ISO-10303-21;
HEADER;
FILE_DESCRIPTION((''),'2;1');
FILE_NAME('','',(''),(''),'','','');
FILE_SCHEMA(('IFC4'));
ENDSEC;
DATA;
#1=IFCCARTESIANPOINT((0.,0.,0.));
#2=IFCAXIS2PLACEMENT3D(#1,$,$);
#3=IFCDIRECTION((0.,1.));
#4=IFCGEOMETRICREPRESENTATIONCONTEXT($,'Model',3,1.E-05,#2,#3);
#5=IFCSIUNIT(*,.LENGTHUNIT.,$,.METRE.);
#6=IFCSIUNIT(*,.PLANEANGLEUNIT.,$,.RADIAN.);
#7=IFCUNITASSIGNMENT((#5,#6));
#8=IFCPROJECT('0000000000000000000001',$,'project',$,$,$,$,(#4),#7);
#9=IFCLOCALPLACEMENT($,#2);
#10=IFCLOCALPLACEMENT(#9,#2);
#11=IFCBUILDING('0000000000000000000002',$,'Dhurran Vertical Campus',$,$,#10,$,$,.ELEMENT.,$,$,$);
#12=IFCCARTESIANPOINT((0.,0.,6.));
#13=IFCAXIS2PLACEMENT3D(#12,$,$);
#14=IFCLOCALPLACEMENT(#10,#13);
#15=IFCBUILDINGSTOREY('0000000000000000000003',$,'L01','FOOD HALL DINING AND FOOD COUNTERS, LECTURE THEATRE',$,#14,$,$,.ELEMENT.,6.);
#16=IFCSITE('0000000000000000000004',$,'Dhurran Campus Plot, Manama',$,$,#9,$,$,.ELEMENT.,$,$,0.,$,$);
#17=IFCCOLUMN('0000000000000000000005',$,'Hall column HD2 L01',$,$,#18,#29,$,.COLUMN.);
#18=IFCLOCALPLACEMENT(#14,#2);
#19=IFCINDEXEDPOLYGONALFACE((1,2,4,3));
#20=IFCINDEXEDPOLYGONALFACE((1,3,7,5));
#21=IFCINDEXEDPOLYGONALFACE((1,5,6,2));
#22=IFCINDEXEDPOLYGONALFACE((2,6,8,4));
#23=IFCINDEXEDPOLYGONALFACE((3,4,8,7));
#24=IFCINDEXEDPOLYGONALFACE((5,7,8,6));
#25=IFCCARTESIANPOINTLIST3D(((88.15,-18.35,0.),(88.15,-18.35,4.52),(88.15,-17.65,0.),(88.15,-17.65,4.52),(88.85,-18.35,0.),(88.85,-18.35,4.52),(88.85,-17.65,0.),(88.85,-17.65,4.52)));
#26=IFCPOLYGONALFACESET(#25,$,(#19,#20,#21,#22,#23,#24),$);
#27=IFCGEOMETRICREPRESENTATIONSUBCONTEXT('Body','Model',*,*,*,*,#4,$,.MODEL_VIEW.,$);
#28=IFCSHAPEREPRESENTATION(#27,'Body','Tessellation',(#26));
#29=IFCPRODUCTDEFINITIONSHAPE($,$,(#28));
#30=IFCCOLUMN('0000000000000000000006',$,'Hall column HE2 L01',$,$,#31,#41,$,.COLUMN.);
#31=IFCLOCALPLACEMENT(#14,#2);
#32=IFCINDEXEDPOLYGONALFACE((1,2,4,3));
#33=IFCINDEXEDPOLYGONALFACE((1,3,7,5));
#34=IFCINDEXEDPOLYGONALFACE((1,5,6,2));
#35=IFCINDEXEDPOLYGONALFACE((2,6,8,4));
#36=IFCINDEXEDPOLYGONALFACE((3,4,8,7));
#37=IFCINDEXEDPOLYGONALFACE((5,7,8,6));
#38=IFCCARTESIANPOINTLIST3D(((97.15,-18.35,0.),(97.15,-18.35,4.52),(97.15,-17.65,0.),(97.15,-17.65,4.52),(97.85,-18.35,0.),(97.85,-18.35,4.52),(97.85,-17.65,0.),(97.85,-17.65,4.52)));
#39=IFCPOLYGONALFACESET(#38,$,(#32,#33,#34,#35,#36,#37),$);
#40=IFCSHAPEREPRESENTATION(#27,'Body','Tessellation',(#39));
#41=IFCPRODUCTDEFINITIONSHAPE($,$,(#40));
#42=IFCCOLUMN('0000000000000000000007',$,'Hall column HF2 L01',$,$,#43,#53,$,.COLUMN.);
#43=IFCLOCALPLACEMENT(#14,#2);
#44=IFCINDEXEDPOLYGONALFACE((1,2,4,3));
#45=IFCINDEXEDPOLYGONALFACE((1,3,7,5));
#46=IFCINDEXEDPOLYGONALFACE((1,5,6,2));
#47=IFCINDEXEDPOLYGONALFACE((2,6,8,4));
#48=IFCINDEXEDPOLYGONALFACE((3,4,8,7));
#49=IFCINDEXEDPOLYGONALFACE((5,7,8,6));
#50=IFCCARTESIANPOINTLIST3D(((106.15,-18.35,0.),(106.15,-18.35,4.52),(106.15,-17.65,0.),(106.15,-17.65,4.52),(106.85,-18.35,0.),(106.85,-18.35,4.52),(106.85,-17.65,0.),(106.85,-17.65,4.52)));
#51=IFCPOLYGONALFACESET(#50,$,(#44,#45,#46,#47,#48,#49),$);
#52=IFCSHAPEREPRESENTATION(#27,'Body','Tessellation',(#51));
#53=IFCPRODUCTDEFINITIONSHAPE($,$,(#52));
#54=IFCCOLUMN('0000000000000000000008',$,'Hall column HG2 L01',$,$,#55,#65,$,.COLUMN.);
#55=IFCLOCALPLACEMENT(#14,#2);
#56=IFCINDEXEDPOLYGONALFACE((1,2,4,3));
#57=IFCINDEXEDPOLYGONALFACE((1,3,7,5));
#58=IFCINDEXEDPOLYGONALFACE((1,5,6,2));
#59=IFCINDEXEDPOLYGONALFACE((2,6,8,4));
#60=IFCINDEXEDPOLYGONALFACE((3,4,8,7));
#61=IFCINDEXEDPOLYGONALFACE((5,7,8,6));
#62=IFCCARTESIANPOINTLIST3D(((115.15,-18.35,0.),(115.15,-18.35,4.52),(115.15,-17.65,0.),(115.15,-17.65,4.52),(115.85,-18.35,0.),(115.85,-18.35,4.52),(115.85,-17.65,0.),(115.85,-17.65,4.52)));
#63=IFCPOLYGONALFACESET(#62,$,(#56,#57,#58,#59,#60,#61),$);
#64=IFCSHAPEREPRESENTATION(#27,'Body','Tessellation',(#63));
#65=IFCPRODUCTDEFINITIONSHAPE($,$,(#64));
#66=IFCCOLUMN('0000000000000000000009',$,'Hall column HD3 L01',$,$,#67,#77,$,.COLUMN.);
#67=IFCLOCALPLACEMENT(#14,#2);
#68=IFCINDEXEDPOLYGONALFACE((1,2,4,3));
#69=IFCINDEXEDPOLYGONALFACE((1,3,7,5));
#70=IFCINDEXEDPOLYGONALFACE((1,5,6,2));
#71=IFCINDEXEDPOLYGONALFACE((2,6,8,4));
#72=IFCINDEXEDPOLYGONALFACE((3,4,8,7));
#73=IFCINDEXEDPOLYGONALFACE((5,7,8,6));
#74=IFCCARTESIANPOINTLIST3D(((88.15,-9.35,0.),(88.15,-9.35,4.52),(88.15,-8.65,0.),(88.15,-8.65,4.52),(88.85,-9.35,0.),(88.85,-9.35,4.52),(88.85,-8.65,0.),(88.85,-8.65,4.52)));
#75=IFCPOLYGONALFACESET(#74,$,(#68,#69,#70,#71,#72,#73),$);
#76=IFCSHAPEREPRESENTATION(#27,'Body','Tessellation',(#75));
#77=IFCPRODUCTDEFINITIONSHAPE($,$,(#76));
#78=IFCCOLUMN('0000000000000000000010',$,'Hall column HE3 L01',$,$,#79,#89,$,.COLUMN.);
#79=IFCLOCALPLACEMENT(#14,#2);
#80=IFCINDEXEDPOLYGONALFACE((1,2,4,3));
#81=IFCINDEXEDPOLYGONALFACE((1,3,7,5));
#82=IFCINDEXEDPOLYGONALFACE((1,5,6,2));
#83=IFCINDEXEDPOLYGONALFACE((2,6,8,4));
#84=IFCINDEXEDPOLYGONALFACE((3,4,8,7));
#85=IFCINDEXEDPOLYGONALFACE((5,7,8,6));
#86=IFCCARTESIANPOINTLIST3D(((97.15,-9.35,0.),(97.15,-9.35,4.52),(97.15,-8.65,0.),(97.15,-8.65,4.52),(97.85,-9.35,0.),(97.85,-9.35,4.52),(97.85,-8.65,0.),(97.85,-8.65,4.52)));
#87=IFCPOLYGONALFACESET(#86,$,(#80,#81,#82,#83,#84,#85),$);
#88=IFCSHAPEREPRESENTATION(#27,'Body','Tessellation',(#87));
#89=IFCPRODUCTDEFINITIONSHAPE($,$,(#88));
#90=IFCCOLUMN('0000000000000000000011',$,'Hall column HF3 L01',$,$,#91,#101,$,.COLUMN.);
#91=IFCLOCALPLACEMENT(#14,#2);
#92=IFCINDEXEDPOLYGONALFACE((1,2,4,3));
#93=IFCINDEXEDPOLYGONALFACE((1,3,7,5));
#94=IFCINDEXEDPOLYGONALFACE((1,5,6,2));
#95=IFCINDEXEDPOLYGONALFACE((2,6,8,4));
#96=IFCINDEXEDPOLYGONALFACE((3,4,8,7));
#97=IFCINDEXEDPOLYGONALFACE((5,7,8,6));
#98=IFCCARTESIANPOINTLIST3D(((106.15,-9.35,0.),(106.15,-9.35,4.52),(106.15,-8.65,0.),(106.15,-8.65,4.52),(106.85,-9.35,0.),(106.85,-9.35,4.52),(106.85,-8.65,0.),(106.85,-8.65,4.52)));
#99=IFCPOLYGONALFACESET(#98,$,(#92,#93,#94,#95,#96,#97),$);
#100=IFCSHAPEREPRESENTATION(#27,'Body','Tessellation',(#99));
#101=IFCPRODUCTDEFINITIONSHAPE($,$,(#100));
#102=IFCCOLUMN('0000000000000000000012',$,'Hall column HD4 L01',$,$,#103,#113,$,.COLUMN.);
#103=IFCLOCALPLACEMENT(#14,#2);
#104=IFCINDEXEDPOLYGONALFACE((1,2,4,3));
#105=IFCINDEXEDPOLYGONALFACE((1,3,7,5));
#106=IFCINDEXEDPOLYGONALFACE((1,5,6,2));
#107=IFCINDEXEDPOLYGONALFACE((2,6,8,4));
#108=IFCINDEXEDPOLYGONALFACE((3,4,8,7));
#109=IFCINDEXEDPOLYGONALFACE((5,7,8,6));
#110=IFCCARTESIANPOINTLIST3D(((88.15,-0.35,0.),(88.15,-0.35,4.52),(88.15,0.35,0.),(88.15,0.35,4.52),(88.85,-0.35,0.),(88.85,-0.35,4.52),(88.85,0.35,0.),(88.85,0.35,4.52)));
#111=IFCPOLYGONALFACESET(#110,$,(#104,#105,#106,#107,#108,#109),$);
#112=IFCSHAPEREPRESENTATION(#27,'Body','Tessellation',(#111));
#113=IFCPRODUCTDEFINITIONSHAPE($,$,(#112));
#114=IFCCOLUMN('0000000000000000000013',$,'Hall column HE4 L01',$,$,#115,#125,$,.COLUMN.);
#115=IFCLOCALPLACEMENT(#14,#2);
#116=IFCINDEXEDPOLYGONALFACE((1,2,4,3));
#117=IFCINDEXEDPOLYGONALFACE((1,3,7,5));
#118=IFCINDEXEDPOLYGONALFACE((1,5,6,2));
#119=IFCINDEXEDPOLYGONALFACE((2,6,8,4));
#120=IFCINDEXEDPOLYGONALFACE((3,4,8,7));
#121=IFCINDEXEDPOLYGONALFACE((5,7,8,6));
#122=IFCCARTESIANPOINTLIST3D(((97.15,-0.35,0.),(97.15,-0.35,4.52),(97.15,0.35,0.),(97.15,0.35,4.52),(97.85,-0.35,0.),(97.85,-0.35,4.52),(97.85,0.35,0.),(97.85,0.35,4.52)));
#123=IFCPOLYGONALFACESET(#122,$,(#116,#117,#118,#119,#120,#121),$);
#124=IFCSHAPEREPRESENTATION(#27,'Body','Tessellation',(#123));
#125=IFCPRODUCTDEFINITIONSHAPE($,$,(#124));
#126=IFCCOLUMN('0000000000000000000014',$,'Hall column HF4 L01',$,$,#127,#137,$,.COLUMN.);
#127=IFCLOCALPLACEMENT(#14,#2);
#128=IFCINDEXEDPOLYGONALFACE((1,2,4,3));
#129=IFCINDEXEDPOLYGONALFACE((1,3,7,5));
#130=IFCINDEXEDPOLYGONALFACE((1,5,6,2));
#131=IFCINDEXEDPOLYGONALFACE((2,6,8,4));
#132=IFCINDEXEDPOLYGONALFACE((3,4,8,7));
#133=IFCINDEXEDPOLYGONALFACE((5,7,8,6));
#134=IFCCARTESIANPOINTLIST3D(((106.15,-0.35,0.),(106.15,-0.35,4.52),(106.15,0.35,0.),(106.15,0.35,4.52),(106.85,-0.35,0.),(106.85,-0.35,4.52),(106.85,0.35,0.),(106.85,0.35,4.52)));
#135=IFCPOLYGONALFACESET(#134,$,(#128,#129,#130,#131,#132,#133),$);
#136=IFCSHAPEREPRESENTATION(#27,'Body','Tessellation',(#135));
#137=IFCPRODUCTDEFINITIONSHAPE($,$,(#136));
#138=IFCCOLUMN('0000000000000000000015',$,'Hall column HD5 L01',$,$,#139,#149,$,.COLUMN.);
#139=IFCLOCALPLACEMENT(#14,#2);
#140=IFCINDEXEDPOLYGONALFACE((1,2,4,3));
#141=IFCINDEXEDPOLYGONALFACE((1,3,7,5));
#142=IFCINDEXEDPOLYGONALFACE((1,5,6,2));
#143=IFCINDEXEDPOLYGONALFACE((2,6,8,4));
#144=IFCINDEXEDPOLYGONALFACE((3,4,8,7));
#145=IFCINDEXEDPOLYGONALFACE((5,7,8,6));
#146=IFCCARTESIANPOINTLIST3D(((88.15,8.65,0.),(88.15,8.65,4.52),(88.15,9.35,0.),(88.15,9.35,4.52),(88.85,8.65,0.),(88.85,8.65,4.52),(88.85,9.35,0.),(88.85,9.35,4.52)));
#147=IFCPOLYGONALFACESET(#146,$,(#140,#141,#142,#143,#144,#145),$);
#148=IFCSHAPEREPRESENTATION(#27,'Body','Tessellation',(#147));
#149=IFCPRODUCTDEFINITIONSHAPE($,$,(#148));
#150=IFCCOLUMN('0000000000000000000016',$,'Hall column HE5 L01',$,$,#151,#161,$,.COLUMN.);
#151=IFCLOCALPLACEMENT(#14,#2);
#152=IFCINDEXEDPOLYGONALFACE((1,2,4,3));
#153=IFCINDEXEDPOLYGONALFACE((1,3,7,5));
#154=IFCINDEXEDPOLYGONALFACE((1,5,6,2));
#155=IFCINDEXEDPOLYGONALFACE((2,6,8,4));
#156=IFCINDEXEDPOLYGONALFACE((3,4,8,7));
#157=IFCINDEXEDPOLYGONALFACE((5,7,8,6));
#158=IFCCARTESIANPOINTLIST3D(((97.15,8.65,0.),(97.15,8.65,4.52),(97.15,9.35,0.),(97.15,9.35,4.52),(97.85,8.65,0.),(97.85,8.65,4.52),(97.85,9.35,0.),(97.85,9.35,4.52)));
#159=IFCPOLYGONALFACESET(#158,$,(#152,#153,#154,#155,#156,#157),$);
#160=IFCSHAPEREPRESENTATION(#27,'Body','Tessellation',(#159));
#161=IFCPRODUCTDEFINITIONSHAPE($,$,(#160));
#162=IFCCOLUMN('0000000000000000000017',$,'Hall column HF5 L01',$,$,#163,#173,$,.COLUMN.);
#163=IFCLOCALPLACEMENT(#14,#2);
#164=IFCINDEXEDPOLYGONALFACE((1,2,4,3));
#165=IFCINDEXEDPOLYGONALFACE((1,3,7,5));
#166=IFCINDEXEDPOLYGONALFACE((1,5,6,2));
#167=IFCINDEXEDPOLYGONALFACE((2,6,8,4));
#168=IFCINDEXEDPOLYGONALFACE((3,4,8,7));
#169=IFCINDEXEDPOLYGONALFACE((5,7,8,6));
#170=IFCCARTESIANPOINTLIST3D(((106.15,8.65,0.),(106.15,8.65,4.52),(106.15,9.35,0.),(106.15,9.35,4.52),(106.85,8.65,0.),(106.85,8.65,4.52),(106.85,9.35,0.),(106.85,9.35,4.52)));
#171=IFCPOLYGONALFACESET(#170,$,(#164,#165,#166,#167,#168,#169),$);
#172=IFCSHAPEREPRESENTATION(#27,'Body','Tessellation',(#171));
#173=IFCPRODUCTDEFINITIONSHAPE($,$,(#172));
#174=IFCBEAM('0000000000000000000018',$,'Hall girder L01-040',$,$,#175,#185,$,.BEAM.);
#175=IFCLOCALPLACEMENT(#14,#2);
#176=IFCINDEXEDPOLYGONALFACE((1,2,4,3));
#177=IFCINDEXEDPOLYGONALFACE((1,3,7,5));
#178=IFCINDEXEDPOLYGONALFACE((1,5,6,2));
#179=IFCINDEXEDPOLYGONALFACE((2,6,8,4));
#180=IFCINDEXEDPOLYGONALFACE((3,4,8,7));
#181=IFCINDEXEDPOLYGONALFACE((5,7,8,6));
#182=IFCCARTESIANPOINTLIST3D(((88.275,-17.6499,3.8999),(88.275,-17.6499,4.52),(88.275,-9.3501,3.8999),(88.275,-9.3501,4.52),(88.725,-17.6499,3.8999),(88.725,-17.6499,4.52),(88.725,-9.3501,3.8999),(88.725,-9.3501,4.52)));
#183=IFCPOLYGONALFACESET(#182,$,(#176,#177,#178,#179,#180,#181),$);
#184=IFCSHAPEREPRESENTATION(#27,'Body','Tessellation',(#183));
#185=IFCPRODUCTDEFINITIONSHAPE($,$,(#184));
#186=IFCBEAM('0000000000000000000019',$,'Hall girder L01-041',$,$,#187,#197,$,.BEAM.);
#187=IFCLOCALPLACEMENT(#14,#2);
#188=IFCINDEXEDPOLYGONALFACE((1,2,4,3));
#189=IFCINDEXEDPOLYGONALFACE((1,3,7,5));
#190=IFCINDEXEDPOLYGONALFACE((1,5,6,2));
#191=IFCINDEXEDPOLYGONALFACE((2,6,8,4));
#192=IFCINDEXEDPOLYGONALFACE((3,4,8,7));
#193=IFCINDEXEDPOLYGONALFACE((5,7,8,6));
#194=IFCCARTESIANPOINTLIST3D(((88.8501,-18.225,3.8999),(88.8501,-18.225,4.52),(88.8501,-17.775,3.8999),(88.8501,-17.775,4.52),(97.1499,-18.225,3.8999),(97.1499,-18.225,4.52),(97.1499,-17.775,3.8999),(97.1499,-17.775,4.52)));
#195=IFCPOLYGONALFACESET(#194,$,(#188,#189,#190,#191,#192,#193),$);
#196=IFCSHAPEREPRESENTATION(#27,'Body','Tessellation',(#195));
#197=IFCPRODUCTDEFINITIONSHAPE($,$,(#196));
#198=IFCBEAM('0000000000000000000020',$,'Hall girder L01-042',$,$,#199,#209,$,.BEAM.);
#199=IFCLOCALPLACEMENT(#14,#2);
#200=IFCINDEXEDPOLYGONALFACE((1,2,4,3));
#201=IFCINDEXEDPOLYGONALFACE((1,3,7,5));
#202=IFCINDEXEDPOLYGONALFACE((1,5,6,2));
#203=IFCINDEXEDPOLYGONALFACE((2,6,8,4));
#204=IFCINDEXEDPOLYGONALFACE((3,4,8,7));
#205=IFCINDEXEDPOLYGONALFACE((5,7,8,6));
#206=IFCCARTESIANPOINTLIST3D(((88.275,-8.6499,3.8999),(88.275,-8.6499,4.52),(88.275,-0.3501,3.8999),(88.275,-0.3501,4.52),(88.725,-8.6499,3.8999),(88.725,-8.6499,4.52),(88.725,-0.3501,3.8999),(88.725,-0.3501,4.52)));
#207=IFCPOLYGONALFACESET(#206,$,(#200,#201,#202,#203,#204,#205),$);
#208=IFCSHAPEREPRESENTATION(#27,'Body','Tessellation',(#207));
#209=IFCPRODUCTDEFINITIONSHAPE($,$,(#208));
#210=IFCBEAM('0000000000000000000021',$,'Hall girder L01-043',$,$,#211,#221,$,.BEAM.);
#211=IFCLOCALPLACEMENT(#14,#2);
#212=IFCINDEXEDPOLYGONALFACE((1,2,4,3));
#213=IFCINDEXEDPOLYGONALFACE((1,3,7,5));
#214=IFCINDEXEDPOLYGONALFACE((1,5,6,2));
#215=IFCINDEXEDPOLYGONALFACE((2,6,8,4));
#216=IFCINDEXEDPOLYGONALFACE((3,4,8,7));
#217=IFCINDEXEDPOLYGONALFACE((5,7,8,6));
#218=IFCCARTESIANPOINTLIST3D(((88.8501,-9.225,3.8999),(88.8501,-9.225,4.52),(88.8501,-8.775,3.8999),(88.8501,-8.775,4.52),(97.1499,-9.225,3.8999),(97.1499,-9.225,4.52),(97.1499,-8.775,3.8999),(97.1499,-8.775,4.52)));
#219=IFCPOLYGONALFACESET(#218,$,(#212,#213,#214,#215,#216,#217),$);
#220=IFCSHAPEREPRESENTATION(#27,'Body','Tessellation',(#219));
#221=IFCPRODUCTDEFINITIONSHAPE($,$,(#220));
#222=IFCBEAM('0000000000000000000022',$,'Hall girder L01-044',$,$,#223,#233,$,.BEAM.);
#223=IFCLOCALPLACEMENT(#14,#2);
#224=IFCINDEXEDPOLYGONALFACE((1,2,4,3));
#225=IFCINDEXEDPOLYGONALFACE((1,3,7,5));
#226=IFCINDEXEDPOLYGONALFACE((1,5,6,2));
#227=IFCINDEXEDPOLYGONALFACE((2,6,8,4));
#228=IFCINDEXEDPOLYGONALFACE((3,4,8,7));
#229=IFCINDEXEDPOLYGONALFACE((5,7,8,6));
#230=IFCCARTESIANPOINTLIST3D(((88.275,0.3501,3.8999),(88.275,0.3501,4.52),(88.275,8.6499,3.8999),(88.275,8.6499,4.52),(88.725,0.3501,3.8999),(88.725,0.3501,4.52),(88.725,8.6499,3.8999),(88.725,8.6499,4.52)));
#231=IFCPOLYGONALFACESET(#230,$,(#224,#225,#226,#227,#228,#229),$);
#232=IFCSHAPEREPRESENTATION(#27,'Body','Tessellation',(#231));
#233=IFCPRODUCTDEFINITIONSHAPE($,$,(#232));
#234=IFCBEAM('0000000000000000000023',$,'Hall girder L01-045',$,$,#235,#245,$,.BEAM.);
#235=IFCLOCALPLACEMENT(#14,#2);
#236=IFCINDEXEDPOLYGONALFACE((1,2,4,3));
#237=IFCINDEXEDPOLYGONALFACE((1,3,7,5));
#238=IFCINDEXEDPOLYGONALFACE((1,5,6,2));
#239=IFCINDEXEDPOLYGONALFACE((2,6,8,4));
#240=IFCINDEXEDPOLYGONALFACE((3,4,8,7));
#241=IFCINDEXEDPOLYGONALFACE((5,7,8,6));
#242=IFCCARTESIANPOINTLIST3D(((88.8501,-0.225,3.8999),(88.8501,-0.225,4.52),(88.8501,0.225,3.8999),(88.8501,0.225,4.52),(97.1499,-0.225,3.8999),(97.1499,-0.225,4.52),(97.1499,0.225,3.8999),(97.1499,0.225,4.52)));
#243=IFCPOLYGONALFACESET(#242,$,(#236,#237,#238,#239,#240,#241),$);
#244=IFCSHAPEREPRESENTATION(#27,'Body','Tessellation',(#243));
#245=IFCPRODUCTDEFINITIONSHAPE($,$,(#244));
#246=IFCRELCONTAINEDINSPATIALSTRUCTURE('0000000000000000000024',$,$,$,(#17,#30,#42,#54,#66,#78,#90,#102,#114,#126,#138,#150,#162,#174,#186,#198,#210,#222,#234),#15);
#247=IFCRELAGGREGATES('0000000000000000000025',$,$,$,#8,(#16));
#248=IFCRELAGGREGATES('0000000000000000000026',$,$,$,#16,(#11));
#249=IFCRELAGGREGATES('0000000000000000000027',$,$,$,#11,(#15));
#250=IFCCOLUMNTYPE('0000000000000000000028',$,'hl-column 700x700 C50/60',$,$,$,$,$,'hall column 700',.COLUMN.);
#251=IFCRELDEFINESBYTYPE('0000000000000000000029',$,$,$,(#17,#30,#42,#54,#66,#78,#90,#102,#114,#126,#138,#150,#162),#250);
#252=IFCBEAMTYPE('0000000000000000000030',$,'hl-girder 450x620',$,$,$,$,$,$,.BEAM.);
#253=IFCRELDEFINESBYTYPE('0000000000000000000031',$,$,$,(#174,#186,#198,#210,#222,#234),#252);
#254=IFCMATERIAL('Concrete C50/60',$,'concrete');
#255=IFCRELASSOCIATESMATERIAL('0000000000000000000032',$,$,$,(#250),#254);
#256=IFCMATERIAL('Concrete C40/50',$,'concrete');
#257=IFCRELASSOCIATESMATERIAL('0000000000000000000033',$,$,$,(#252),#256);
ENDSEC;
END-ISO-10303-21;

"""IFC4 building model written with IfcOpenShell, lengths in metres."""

from ifc_helpers import new_model, si_unit, direction, frame, origin, origin_2d, place, context, subcontext, project, spatial, rectangle, extrude, material, material_profile, profile_set, type_object, element, save


model = new_model("IFC4")

# Units and contexts
model_context = context("Model", 3, precision=1e-05, world=origin(), true_north=direction((0.0, 1.0)))
body_context = subcontext(model_context, "Body", "Model", "MODEL_VIEW")
ifc_project = project(units=[si_unit("LENGTHUNIT", "METRE"), si_unit("PLANEANGLEUNIT", "RADIAN")], contexts=[model_context])

# Site, building, storey
site_placement = place(None, origin())
site = spatial("IfcSite", under=ifc_project, at=site_placement, Name="Dhurran Campus Plot, Manama", CompositionType="ELEMENT", RefElevation=0.0)
building_placement = place(site_placement, origin())
building = spatial("IfcBuilding", under=site, at=building_placement, Name="Dhurran Vertical Campus", CompositionType="ELEMENT")
storey_placement = place(building_placement, frame((0.0, 0.0, 6.0)))
storey = spatial("IfcBuildingStorey", under=building, at=storey_placement, Name="L01", Description="FOOD HALL DINING AND FOOD COUNTERS, LECTURE THEATRE", CompositionType="ELEMENT", Elevation=6.0)

# Columns
ifc_material_1 = material(Name="Concrete C50/60", Category="concrete")
ifc_material_profile_1 = material_profile(ifc_material_1, rectangle(XDim=0.7, YDim=0.7, at=origin_2d()), Name="hl-column 700x700 C50/60")
ifc_profile_set_1 = profile_set([ifc_material_profile_1], Name="Concrete C50/60")
column_type = type_object("IfcColumnType", Name="hl-column 700x700 C50/60", ElementType="hall column 700", PredefinedType="COLUMN", material=ifc_profile_set_1)
for number, where, z_axis, x_axis, name in (
    (1, (88.5, -18.0, 0.0), (0.0, 0.0, 1.0), (1.0, 0.0, 0.0), "Hall column HD2 L01"),
    (2, (97.5, -18.0, 0.0), (0.0, 0.0, 1.0), (1.0, 0.0, 0.0), "Hall column HE2 L01"),
    (3, (106.5, -18.0, 0.0), (0.0, 0.0, 1.0), (1.0, 0.0, 0.0), "Hall column HF2 L01"),
    (4, (115.5, -18.0, 0.0), (0.0, 0.0, 1.0), (1.0, 0.0, 0.0), "Hall column HG2 L01"),
    (5, (88.5, -9.0, 0.0), (0.0, 0.0, 1.0), (1.0, 0.0, 0.0), "Hall column HD3 L01"),
    (6, (97.5, -9.0, 0.0), (0.0, 0.0, 1.0), (1.0, 0.0, 0.0), "Hall column HE3 L01"),
    (7, (106.5, -9.0, 0.0), (0.0, 0.0, 1.0), (1.0, 0.0, 0.0), "Hall column HF3 L01"),
    (8, (88.5, 0.0, 0.0), (0.0, 0.0, 1.0), (1.0, 0.0, 0.0), "Hall column HD4 L01"),
    (9, (97.5, 0.0, 0.0), (0.0, 0.0, 1.0), (1.0, 0.0, 0.0), "Hall column HE4 L01"),
    (10, (106.5, 0.0, 0.0), (0.0, 0.0, 1.0), (1.0, 0.0, 0.0), "Hall column HF4 L01"),
    (11, (88.5, 9.0, 0.0), (0.0, 0.0, 1.0), (1.0, 0.0, 0.0), "Hall column HD5 L01"),
    (12, (97.5, 9.0, 0.0), (0.0, 0.0, 1.0), (1.0, 0.0, 0.0), "Hall column HE5 L01"),
    (13, (106.5, 9.0, 0.0), (0.0, 0.0, 1.0), (1.0, 0.0, 0.0), "Hall column HF5 L01"),
):
    element("IfcColumn", number, at=place(storey_placement, frame(where, z_axis=z_axis, x_axis=x_axis)), inside=storey, type_object=column_type, Name=name, PredefinedType="COLUMN", context=body_context, shape_type="SweptSolid", body=[
        extrude(rectangle(XDim=0.7, YDim=0.7, at=origin_2d()), origin(), (0.0, 0.0, 1.0), 4.52),
    ])

# Beams
ifc_material_2 = material(Name="Concrete C40/50", Category="concrete")
ifc_material_profile_2 = material_profile(ifc_material_2, rectangle(XDim=0.45, YDim=0.6201, at=origin_2d()), Name="hl-girder 450x620")
ifc_profile_set_2 = profile_set([ifc_material_profile_2], Name="Concrete C40/50")
beam_type = type_object("IfcBeamType", Name="hl-girder 450x620", PredefinedType="BEAM", material=ifc_profile_set_2)
for number, where, z_axis, x_axis, name in (
    (14, (88.5, -17.6499, 4.21), (0.0, 1.0, 0.0), (-1.0, 0.0, 0.0), "Hall girder L01-040"),
    (15, (88.8501, -18.0, 4.21), (1.0, 0.0, 0.0), (0.0, 1.0, 0.0), "Hall girder L01-041"),
    (16, (88.5, -8.6499, 4.21), (0.0, 1.0, 0.0), (-1.0, 0.0, 0.0), "Hall girder L01-042"),
    (17, (88.8501, -9.0, 4.21), (1.0, 0.0, 0.0), (0.0, 1.0, 0.0), "Hall girder L01-043"),
    (18, (88.5, 0.3501, 4.21), (0.0, 1.0, 0.0), (-1.0, 0.0, 0.0), "Hall girder L01-044"),
    (19, (88.8501, 0.0, 4.21), (1.0, 0.0, 0.0), (0.0, 1.0, 0.0), "Hall girder L01-045"),
):
    element("IfcBeam", number, at=place(storey_placement, frame(where, z_axis=z_axis, x_axis=x_axis)), inside=storey, type_object=beam_type, Name=name, PredefinedType="BEAM", context=body_context, shape_type="SweptSolid", body=[
        extrude(rectangle(XDim=0.45, YDim=0.6201, at=origin_2d()), origin(), (0.0, 0.0, 1.0), 8.2998),
    ])

save(model, "model.ifc")
